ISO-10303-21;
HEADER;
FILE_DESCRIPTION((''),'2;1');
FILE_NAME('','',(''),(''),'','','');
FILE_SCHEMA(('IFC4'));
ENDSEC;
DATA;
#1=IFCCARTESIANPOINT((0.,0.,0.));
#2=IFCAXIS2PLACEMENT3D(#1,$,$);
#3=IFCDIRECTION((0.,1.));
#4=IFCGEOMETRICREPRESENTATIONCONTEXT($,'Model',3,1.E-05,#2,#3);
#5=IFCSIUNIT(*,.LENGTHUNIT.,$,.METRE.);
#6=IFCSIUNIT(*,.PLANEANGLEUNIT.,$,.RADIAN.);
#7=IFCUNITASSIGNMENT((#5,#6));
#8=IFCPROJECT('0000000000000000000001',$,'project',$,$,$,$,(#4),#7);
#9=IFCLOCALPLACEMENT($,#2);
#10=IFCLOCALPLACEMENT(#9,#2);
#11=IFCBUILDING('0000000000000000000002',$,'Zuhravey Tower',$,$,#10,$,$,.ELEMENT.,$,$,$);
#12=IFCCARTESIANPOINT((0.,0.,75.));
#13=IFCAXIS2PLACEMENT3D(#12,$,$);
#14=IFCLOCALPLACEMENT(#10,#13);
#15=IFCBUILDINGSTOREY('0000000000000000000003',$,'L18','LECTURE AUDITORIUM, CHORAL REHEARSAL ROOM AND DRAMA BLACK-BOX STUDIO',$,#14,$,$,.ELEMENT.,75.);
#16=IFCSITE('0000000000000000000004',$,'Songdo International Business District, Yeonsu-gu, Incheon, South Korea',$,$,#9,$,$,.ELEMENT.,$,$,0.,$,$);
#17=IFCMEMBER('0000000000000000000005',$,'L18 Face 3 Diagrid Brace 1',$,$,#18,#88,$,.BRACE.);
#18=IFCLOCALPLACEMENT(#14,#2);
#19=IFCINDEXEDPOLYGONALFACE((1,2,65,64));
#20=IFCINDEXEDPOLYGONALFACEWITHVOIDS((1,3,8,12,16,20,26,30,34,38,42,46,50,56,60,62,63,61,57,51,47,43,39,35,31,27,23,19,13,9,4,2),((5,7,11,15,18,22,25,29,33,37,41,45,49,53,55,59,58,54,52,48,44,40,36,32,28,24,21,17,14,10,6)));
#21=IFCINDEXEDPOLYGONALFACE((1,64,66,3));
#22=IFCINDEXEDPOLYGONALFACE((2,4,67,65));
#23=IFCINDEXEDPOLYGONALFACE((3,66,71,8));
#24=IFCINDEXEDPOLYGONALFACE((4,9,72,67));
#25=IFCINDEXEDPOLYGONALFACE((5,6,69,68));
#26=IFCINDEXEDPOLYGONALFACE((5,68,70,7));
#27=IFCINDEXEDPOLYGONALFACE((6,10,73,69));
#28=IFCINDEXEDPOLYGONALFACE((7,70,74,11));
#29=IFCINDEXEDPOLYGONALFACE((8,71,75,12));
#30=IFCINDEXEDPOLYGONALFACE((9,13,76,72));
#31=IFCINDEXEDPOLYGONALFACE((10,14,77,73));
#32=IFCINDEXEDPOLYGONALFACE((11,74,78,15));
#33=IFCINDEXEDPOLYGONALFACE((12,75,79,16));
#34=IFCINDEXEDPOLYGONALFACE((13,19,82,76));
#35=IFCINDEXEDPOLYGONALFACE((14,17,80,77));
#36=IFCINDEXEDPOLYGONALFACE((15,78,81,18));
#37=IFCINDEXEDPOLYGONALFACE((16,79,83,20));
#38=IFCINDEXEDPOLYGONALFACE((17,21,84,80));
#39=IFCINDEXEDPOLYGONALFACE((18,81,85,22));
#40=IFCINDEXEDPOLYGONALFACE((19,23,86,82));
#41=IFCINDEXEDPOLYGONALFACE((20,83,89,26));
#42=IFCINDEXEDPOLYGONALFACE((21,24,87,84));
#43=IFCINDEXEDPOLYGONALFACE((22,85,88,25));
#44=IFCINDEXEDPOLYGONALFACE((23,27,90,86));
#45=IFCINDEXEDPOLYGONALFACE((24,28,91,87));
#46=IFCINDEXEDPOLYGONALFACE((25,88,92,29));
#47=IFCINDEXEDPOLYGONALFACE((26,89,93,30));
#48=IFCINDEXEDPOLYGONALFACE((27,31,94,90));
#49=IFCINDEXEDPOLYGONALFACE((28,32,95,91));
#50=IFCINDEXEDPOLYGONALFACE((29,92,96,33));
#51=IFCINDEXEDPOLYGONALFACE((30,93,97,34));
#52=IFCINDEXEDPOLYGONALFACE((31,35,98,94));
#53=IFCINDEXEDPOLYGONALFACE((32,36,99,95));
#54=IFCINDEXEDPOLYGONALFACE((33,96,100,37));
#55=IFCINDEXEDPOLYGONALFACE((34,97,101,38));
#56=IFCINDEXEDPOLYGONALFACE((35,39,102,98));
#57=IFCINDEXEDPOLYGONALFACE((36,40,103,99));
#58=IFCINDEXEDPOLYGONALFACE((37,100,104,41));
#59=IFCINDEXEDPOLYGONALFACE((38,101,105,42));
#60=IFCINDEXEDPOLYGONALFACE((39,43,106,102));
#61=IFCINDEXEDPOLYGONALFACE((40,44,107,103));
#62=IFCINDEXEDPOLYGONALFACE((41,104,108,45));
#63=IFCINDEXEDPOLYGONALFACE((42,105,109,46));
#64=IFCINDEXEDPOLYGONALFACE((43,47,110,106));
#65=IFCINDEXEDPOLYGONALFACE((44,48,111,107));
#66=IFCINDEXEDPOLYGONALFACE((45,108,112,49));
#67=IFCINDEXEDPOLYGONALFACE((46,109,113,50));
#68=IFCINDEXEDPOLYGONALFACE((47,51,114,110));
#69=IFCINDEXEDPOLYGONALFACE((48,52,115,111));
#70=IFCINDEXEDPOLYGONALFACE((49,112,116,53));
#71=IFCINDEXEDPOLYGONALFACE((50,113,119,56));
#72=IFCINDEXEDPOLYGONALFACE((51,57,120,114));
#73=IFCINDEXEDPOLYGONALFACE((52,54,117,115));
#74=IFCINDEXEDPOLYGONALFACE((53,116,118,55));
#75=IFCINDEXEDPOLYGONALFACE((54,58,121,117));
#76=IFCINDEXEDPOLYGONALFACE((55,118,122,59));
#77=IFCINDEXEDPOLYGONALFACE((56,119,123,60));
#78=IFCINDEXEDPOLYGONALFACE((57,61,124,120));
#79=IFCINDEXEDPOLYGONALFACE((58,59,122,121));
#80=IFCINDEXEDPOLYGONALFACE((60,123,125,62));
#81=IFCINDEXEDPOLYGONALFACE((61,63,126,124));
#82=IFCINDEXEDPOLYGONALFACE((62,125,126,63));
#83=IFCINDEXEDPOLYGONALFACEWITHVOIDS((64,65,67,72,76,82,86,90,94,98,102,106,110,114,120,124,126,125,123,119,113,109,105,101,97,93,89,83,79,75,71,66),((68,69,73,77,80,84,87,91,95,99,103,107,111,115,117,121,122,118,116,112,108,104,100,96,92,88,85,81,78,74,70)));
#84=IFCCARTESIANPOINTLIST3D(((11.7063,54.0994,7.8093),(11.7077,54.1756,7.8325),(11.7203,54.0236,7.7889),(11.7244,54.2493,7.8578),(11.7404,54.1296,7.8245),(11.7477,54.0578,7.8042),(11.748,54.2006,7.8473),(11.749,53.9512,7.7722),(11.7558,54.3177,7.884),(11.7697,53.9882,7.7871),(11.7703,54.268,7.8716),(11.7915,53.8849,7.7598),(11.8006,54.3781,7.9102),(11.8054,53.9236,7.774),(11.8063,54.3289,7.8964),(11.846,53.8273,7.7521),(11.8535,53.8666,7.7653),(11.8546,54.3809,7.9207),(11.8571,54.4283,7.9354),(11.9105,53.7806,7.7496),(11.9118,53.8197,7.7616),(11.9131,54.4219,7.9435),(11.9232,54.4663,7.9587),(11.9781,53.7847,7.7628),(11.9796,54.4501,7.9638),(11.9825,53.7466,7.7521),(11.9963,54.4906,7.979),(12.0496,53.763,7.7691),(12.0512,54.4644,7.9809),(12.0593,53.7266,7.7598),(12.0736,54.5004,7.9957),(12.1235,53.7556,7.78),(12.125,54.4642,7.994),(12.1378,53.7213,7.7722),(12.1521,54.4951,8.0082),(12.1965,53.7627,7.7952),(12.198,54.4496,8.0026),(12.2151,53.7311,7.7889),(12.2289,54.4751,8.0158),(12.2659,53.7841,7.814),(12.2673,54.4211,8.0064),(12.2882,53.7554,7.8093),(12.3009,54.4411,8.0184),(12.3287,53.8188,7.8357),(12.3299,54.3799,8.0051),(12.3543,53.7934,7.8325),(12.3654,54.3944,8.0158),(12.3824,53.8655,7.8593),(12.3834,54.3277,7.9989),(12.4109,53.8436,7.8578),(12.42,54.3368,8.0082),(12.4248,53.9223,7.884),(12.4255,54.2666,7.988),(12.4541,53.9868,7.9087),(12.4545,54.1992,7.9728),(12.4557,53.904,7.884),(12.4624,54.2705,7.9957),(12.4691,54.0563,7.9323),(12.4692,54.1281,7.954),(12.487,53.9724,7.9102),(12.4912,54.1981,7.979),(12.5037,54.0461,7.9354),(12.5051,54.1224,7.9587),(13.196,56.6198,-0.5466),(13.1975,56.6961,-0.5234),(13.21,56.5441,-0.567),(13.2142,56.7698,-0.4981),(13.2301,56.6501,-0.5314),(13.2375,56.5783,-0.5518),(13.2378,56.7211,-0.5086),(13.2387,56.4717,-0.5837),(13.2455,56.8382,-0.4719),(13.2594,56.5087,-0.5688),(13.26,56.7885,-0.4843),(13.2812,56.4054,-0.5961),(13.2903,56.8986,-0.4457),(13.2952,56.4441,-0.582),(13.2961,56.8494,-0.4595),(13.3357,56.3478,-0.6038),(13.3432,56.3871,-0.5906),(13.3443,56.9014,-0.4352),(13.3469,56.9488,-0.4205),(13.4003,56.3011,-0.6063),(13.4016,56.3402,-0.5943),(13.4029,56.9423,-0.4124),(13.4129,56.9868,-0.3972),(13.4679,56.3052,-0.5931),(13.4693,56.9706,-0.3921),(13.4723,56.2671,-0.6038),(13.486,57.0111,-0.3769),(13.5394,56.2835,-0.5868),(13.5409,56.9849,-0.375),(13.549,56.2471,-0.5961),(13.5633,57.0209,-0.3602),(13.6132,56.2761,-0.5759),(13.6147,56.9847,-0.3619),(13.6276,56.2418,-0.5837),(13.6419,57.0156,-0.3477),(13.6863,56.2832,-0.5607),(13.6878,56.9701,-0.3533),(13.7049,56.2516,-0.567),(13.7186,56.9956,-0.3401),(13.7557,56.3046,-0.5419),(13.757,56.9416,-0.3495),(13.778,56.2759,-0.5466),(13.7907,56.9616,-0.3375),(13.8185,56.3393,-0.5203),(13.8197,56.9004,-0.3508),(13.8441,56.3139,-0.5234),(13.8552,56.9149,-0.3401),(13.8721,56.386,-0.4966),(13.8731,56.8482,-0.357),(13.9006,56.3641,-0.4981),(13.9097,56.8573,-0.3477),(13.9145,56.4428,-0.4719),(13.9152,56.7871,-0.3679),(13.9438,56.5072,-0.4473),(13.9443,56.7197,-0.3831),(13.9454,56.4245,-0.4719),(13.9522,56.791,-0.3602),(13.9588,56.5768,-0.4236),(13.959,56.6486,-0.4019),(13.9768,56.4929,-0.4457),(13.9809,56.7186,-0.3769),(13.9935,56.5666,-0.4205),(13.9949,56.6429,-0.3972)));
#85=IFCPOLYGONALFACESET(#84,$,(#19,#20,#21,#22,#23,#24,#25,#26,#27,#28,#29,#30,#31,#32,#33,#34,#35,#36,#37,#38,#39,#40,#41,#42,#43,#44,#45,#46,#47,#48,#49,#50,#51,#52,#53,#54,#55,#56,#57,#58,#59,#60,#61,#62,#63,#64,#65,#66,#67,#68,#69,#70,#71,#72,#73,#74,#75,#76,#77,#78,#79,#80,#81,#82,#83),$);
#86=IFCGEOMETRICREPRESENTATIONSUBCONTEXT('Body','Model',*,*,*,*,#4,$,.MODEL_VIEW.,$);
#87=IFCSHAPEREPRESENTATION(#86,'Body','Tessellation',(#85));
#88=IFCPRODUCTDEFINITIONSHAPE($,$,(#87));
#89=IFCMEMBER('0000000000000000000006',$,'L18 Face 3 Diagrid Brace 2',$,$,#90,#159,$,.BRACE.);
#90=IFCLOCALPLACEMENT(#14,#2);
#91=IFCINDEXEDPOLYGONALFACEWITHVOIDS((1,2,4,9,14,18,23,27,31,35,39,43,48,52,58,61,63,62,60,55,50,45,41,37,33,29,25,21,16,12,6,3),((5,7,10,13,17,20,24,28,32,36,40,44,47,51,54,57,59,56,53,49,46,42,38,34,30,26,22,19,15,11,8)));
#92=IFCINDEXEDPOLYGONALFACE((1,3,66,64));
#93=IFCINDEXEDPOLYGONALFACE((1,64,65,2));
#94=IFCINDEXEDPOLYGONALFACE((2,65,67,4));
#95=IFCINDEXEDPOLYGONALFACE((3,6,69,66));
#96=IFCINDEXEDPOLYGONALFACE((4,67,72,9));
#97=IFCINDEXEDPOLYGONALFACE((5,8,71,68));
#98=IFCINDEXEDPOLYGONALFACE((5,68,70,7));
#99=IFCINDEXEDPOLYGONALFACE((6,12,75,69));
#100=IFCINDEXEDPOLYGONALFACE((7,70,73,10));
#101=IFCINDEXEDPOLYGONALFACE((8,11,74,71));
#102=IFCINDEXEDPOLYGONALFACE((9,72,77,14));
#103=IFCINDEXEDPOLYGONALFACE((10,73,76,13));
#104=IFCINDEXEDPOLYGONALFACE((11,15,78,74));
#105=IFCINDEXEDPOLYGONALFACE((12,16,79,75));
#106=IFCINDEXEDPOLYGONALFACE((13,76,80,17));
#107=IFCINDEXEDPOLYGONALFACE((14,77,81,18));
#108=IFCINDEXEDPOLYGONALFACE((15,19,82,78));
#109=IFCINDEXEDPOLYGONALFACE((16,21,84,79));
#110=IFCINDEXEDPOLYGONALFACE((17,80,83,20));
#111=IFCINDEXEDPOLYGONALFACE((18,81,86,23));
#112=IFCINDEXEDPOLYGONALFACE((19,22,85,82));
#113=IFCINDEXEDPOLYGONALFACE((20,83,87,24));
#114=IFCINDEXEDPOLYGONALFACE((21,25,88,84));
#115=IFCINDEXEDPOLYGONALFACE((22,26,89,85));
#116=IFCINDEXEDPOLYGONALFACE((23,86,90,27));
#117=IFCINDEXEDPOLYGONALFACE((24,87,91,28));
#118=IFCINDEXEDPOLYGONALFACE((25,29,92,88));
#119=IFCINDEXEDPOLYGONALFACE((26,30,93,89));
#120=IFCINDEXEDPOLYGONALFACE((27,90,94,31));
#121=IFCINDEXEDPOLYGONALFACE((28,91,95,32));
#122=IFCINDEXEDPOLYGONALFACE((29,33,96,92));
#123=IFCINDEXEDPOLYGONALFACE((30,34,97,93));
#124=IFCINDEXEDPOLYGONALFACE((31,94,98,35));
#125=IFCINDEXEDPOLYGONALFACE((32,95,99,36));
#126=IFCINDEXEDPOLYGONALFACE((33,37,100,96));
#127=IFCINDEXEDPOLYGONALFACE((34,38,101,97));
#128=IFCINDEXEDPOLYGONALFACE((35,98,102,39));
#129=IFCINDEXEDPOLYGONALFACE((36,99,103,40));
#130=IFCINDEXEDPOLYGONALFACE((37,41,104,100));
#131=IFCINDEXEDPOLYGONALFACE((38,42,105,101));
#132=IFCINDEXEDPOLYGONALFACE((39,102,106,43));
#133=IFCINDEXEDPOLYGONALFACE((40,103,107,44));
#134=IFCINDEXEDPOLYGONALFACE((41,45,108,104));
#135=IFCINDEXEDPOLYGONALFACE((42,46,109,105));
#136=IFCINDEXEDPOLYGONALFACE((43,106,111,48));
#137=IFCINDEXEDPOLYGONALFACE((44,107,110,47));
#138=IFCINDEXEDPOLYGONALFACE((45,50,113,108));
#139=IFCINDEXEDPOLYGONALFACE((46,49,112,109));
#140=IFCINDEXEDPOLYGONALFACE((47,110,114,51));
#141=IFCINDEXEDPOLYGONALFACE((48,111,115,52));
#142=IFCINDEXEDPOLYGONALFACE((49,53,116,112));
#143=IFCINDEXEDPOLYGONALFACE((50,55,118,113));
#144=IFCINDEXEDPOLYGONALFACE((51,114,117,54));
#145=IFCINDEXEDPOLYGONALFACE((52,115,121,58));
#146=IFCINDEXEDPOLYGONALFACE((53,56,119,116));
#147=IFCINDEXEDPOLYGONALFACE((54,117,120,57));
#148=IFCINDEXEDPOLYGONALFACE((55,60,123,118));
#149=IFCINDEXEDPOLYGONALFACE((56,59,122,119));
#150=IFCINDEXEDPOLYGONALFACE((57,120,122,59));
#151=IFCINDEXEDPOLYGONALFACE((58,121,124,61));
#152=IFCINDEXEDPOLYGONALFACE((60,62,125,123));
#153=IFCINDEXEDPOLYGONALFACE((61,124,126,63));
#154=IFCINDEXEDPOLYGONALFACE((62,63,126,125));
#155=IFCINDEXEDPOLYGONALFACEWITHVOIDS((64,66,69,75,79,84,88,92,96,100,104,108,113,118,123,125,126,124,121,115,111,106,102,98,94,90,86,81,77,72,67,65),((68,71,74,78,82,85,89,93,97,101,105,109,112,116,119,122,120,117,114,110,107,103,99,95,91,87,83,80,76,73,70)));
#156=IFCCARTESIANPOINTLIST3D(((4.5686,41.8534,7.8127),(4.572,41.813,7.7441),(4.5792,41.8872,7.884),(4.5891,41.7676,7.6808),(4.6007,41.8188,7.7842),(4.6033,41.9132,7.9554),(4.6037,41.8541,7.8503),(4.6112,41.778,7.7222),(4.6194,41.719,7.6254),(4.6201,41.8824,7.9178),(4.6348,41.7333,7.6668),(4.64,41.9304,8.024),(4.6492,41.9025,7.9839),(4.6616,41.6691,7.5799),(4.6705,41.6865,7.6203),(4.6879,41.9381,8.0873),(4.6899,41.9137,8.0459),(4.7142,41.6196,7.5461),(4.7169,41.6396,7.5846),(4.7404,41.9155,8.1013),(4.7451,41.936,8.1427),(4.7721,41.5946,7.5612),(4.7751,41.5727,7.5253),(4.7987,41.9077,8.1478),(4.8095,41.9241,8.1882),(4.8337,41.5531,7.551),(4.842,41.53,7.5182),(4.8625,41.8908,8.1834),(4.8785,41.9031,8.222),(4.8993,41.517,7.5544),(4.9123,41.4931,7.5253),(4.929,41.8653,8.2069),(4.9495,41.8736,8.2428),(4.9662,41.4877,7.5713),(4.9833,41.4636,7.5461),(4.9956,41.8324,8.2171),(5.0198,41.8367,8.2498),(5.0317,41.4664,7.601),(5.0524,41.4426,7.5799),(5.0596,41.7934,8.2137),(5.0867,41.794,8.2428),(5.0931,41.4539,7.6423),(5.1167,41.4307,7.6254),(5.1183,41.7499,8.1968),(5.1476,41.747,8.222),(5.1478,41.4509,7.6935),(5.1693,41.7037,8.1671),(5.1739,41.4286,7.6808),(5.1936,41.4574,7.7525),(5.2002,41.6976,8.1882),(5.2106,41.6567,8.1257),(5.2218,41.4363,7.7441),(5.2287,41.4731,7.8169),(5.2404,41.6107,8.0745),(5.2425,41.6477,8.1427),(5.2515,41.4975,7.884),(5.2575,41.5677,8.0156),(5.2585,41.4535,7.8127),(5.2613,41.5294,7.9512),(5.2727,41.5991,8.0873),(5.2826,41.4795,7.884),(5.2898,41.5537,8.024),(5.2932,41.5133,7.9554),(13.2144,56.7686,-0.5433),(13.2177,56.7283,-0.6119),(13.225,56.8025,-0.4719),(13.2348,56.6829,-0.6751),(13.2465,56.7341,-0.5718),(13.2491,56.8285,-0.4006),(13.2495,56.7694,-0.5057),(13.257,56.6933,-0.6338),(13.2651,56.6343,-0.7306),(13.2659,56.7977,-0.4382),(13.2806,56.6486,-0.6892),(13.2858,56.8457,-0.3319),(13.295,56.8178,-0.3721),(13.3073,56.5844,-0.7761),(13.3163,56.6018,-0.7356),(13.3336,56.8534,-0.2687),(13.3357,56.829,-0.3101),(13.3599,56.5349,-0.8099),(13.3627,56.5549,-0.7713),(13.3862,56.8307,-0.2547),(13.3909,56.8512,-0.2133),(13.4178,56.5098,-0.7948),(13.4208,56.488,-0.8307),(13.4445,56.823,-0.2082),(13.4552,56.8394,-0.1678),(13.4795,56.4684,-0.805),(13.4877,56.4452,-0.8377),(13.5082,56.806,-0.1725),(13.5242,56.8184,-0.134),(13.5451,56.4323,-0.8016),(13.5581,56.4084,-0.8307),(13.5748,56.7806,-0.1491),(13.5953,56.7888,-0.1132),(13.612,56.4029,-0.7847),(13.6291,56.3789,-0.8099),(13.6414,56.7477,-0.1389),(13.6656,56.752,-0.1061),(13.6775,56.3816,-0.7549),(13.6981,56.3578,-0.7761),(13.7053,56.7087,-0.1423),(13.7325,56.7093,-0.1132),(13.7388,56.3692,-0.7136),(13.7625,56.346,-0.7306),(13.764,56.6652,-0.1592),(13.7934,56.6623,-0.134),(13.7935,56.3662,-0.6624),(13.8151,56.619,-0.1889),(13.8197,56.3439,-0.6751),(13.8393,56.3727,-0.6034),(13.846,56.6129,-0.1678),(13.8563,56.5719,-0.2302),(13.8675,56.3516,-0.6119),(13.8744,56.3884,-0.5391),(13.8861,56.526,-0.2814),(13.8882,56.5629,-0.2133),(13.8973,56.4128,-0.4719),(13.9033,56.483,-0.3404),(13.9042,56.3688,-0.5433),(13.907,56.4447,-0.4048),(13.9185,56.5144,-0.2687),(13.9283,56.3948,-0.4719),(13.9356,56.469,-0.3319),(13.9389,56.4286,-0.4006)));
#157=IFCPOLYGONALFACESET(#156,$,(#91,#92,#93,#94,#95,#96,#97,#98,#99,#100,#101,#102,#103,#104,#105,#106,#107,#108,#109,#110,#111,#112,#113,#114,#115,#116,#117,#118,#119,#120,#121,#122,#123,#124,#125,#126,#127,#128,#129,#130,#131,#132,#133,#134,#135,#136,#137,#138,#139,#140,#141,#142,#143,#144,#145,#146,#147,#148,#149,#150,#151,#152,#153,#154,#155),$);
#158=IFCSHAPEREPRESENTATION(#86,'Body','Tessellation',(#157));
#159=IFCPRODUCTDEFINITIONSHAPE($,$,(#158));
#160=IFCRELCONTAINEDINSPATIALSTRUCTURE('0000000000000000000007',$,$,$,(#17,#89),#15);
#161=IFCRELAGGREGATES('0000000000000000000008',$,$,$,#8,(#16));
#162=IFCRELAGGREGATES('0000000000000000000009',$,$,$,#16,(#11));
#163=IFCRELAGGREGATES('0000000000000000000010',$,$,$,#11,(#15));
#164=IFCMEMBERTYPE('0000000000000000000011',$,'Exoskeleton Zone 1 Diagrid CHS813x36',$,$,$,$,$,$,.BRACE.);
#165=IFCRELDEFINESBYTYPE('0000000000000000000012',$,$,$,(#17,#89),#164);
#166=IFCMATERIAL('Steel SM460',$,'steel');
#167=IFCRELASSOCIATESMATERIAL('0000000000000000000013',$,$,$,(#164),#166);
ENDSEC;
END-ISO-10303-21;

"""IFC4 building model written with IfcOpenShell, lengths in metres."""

from ifc_helpers import new_model, si_unit, direction, frame, origin, origin_2d, place, context, subcontext, project, spatial, hollow_circle, extrude, material, material_profile, profile_set, type_object, element, save


model = new_model("IFC4")

# Units and contexts
model_context = context("Model", 3, precision=1e-05, world=origin(), true_north=direction((0.0, 1.0)))
body_context = subcontext(model_context, "Body", "Model", "MODEL_VIEW")
ifc_project = project(units=[si_unit("LENGTHUNIT", "METRE"), si_unit("PLANEANGLEUNIT", "RADIAN")], contexts=[model_context])

# Site, building, storey
site_placement = place(None, origin())
site = spatial("IfcSite", under=ifc_project, at=site_placement, Name="Songdo International Business District, Yeonsu-gu, Incheon, South Korea", CompositionType="ELEMENT", RefElevation=0.0)
building_placement = place(site_placement, origin())
building = spatial("IfcBuilding", under=site, at=building_placement, Name="Zuhravey Tower", CompositionType="ELEMENT")
storey_placement = place(building_placement, frame((0.0, 0.0, 75.0)))
storey = spatial("IfcBuildingStorey", under=building, at=storey_placement, Name="L18", Description="LECTURE AUDITORIUM, CHORAL REHEARSAL ROOM AND DRAMA BLACK-BOX STUDIO", CompositionType="ELEMENT", Elevation=75.0)

# Members
ifc_material_1 = material(Name="Steel SM460", Category="steel")
ifc_material_profile_1 = material_profile(ifc_material_1, hollow_circle(Radius=0.4065, WallThickness=0.0359, at=origin_2d()), Name="CHS-812.8x36")
ifc_profile_set_1 = profile_set([ifc_material_profile_1], Name="Steel SM460")
member_type_1 = type_object("IfcMemberType", Name="Exoskeleton Zone 1 Diagrid CHS813x36", PredefinedType="BRACE", material=ifc_profile_set_1)
member_1_placement = place(storey_placement, frame((13.5955, 56.6313, -0.4719), z_axis=(-0.168256, -0.284673, 0.943743), x_axis=(0.860873, -0.508819, 0.0)))
element("IfcMember", 1, at=member_1_placement, inside=storey, type_object=member_type_1, Name="L18 Face 3 Diagrid Brace 1", PredefinedType="BRACE", context=body_context, shape_type="SweptSolid", body=[
    extrude(hollow_circle(Radius=0.4065, WallThickness=0.0359, at=origin_2d()), origin(), (0.0, 0.0, 1.0), 8.854),
])
member_2_placement = place(storey_placement, frame((13.5767, 56.5986, -0.4719), z_axis=(-0.451282, -0.778533, 0.436156), x_axis=(0.86516, -0.501496, 0.0)))
element("IfcMember", 2, at=member_2_placement, inside=storey, type_object=member_type_1, Name="L18 Face 3 Diagrid Brace 2", PredefinedType="BRACE", context=body_context, shape_type="SweptSolid", body=[
    extrude(hollow_circle(Radius=0.4065, WallThickness=0.0359, at=origin_2d()), origin(), (0.0, 0.0, 1.0), 19.1582),
])

save(model, "model.ifc")
